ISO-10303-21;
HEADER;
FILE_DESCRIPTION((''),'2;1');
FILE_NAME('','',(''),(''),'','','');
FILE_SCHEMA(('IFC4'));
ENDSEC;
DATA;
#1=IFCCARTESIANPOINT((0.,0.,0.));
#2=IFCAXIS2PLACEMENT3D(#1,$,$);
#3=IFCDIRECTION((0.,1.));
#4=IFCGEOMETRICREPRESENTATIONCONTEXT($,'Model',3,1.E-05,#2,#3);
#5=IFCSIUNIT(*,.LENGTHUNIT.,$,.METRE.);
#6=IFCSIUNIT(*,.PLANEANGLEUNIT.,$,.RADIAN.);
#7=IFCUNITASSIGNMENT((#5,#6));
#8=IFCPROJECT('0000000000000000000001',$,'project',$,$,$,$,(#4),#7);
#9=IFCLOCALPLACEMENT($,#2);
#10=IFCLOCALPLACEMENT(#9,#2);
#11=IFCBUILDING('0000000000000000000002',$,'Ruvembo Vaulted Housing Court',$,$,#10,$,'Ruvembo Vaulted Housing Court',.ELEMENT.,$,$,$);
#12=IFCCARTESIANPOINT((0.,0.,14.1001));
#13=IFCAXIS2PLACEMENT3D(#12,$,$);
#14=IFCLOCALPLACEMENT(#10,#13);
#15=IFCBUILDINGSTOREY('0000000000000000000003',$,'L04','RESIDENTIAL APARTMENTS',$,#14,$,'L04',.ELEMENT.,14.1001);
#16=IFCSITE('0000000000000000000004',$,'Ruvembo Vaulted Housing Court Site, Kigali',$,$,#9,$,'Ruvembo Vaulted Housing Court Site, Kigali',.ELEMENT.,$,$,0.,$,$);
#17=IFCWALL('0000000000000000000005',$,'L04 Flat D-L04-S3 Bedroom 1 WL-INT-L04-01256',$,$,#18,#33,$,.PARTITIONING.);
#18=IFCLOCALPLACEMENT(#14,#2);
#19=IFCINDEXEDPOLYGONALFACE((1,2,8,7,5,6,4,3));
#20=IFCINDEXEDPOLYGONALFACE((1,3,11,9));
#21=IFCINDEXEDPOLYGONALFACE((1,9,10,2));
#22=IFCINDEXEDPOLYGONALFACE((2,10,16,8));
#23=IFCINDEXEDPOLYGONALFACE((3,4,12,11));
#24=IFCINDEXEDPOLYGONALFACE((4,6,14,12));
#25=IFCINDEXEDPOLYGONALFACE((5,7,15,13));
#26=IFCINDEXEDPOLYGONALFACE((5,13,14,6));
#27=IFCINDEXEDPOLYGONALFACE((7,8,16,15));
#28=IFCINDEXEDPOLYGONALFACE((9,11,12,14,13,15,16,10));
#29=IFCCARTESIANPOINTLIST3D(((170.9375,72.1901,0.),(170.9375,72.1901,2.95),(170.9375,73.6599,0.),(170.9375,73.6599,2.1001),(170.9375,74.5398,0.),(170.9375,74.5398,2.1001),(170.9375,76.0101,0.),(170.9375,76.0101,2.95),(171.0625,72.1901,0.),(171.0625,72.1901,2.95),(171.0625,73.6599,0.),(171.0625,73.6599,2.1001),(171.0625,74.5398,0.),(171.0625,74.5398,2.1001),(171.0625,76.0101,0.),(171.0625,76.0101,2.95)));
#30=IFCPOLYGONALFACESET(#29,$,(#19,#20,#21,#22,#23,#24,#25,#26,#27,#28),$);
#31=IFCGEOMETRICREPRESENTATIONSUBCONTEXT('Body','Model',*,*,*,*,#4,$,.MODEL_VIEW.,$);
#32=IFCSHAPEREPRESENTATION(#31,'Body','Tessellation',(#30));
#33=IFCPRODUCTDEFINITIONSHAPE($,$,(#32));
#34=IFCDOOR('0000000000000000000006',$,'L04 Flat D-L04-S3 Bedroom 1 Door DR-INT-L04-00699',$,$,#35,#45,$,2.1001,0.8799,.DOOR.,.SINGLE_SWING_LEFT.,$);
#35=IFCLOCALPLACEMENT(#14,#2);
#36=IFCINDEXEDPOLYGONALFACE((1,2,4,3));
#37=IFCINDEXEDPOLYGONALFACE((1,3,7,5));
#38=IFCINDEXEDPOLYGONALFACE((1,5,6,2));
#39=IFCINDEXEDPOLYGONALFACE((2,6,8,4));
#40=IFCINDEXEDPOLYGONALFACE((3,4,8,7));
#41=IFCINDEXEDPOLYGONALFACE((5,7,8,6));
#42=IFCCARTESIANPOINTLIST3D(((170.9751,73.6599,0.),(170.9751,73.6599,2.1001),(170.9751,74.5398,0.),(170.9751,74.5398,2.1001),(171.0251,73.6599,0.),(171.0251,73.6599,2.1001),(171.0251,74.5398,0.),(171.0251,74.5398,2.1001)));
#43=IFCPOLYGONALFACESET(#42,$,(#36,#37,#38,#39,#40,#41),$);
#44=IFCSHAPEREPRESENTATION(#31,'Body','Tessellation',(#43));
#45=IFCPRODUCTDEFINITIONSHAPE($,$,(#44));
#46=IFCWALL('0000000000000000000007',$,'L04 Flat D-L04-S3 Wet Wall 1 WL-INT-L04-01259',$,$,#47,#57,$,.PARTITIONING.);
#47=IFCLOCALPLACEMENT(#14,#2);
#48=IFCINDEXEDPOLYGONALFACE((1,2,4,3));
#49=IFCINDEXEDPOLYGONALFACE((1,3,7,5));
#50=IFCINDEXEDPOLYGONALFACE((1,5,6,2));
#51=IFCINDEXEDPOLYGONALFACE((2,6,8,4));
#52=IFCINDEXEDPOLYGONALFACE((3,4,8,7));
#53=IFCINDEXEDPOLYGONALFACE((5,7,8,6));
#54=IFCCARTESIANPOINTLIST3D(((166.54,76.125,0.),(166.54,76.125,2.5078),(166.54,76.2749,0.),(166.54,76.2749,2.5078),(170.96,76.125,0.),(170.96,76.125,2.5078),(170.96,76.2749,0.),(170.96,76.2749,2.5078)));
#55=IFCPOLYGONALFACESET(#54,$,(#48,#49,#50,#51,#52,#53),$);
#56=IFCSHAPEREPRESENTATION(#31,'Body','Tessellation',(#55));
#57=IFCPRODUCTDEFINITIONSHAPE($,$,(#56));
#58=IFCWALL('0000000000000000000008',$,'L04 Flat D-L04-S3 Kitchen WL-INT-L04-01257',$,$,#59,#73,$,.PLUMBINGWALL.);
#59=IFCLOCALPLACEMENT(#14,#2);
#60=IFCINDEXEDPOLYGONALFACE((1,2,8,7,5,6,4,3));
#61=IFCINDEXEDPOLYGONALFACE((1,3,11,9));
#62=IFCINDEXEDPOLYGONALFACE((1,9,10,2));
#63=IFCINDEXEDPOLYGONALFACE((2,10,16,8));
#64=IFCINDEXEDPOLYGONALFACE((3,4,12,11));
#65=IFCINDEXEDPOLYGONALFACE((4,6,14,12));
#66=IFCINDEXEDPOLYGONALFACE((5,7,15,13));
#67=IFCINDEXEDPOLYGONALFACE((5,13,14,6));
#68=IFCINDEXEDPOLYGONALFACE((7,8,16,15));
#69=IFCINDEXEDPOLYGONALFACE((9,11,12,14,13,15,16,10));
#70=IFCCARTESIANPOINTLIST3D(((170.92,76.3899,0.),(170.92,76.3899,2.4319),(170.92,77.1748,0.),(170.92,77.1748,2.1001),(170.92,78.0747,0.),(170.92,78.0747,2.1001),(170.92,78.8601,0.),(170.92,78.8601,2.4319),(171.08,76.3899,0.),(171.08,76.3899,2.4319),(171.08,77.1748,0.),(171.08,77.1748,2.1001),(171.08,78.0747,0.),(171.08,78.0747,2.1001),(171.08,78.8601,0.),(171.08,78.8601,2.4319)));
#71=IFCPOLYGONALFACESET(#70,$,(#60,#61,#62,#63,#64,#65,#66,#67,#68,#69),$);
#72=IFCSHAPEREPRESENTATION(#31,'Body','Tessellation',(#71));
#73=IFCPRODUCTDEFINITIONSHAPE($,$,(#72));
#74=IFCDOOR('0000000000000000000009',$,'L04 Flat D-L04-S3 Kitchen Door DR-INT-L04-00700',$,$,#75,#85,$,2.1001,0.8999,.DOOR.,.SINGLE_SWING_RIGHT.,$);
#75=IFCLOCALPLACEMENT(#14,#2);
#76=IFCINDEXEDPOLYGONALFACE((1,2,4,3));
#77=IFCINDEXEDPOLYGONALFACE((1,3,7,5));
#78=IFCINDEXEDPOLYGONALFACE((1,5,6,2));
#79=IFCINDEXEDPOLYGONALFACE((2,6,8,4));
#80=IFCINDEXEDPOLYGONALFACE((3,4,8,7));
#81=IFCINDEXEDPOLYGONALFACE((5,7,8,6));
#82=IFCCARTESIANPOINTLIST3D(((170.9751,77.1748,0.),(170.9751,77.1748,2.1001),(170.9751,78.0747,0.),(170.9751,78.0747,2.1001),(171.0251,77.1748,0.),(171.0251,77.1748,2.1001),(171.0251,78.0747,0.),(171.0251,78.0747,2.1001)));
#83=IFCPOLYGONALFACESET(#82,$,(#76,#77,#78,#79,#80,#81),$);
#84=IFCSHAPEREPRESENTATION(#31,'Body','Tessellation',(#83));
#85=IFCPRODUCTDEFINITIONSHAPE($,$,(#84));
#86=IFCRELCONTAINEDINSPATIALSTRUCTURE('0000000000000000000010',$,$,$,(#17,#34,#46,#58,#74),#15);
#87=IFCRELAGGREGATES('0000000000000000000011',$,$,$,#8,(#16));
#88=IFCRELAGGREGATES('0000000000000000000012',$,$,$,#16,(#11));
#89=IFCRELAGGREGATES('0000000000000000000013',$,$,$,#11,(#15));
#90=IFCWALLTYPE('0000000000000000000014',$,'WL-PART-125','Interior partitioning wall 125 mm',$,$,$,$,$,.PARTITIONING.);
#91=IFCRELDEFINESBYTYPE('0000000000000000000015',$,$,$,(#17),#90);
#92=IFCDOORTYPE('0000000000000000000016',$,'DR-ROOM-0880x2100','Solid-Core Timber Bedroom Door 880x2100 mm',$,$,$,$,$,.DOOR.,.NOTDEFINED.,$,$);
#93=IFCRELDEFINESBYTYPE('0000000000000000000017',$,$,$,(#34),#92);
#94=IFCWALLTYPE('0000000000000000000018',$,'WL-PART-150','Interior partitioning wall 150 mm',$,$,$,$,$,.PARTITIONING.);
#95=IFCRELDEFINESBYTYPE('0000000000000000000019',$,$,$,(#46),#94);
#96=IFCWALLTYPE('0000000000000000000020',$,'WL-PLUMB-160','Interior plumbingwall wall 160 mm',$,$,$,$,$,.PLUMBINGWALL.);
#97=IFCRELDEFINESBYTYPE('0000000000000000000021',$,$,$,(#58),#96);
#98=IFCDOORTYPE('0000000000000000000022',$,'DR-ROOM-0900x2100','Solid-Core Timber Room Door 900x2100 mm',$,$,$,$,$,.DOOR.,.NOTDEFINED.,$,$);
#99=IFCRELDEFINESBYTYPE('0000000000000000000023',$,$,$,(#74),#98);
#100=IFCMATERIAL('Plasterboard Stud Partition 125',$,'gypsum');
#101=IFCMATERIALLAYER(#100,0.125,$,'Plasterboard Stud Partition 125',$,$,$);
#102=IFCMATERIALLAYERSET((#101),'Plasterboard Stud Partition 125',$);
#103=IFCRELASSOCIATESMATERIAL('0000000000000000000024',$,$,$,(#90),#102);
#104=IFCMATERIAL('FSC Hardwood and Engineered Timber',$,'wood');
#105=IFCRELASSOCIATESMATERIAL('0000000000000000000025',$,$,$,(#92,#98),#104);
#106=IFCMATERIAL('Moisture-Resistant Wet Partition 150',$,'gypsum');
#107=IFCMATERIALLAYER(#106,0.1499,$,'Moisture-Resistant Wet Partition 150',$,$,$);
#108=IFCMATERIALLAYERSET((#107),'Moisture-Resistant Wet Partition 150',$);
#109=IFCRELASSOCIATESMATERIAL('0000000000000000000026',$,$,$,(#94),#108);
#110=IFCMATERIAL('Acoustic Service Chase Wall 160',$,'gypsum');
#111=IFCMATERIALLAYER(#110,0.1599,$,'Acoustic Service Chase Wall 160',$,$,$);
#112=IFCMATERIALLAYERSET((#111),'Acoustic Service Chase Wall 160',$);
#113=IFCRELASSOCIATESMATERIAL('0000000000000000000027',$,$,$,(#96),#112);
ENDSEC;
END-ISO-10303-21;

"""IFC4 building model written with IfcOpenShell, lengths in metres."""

from ifc_helpers import new_model, si_unit, direction, frame, frame_2d, origin, place, context, subcontext, project, spatial, rectangle, extrude, material, layer, layer_set, type_object, element, fill, save


model = new_model("IFC4")

# Units and contexts
model_context = context("Model", 3, precision=1e-05, world=origin(), true_north=direction((0.0, 1.0)))
body_context = subcontext(model_context, "Body", "Model", "MODEL_VIEW")
ifc_project = project(units=[si_unit("LENGTHUNIT", "METRE"), si_unit("PLANEANGLEUNIT", "RADIAN")], contexts=[model_context])

# Site, building, storey
site_placement = place(None, origin())
site = spatial("IfcSite", under=ifc_project, at=site_placement, Name="Ruvembo Vaulted Housing Court Site, Kigali", LongName="Ruvembo Vaulted Housing Court Site, Kigali", CompositionType="ELEMENT", RefElevation=0.0)
building_placement = place(site_placement, origin())
building = spatial("IfcBuilding", under=site, at=building_placement, Name="Ruvembo Vaulted Housing Court", LongName="Ruvembo Vaulted Housing Court", CompositionType="ELEMENT")
storey_placement = place(building_placement, frame((0.0, 0.0, 14.1001)))
storey = spatial("IfcBuildingStorey", under=building, at=storey_placement, Name="L04", Description="RESIDENTIAL APARTMENTS", LongName="L04", CompositionType="ELEMENT", Elevation=14.1001)

# Wall, opening, door
ifc_material_1 = material(Name="Plasterboard Stud Partition 125", Category="gypsum")
ifc_layer_1 = layer(ifc_material_1, 0.125, Name="Plasterboard Stud Partition 125")
ifc_layer_set_1 = layer_set([ifc_layer_1], Name="Plasterboard Stud Partition 125")
wall_type_1 = type_object("IfcWallType", Name="WL-PART-125", Description="Interior partitioning wall 125 mm", PredefinedType="PARTITIONING", material=ifc_layer_set_1)
wall_1_placement = place(storey_placement, frame((171.0, 72.1899, 0.0), z_axis=(0.0, 0.0, 1.0), x_axis=(0.0, 1.0, 0.0)))
wall_1 = element("IfcWall", 1, at=wall_1_placement, inside=storey, type_object=wall_type_1, Name="L04 Flat D-L04-S3 Bedroom 1 WL-INT-L04-01256", PredefinedType="PARTITIONING", context=body_context, shape_type="SweptSolid", body=[
    extrude(rectangle(XDim=3.8201, YDim=0.125, at=frame_2d((1.9102, 0.0))), origin(), (0.0, 0.0, 1.0), 2.95),
])
opening_1_placement = place(wall_1_placement, frame((1.47, 0.0, 0.0)))
opening_1 = element("IfcOpeningElement", 2, at=opening_1_placement, cuts=wall_1, PredefinedType="OPENING", context=body_context, shape_type="SweptSolid", body=[
    extrude(rectangle(XDim=0.8799, YDim=2.1001, at=frame_2d((0.4399, 1.05))), frame((0.0, 0.0725, 0.0), z_axis=(0.0, -1.0, 0.0), x_axis=(1.0, 0.0, 0.0)), (0.0, 0.0, 1.0), 0.145),
])
ifc_material_2 = material(Name="FSC Hardwood and Engineered Timber", Category="wood")
door_type_1 = type_object("IfcDoorType", Name="DR-ROOM-0880x2100", Description="Solid-Core Timber Bedroom Door 880x2100 mm", OperationType="NOTDEFINED", PredefinedType="DOOR", material=ifc_material_2)
door_1_placement = place(opening_1_placement, origin())
door_1 = element("IfcDoor", 3, at=door_1_placement, inside=storey, type_object=door_type_1, Name="L04 Flat D-L04-S3 Bedroom 1 Door DR-INT-L04-00699", OperationType="SINGLE_SWING_LEFT", OverallHeight=2.1001, OverallWidth=0.8799, PredefinedType="DOOR", context=body_context, shape_type="SweptSolid", body=[
    extrude(rectangle(XDim=0.8799, YDim=2.1001, at=frame_2d((0.4399, 1.05))), frame((0.0, 0.0249, 0.0), z_axis=(0.0, -1.0, 0.0), x_axis=(1.0, 0.0, 0.0)), (0.0, 0.0, 1.0), 0.05),
])
fill(opening_1, door_1)

# Wall
ifc_material_3 = material(Name="Moisture-Resistant Wet Partition 150", Category="gypsum")
ifc_layer_2 = layer(ifc_material_3, 0.1499, Name="Moisture-Resistant Wet Partition 150")
ifc_layer_set_2 = layer_set([ifc_layer_2], Name="Moisture-Resistant Wet Partition 150")
wall_type_2 = type_object("IfcWallType", Name="WL-PART-150", Description="Interior partitioning wall 150 mm", PredefinedType="PARTITIONING", material=ifc_layer_set_2)
wall_2_placement = place(storey_placement, frame((166.54, 76.2, 0.0), z_axis=(0.0, 0.0, 1.0), x_axis=(1.0, 0.0, 0.0)))
element("IfcWall", 4, at=wall_2_placement, inside=storey, type_object=wall_type_2, Name="L04 Flat D-L04-S3 Wet Wall 1 WL-INT-L04-01259", PredefinedType="PARTITIONING", context=body_context, shape_type="SweptSolid", body=[
    extrude(rectangle(XDim=4.4199, YDim=0.1499, at=frame_2d((2.21, 0.0))), origin(), (0.0, 0.0, 1.0), 2.5078),
])

# Wall, opening, door
ifc_material_4 = material(Name="Acoustic Service Chase Wall 160", Category="gypsum")
ifc_layer_3 = layer(ifc_material_4, 0.1599, Name="Acoustic Service Chase Wall 160")
ifc_layer_set_3 = layer_set([ifc_layer_3], Name="Acoustic Service Chase Wall 160")
wall_type_3 = type_object("IfcWallType", Name="WL-PLUMB-160", Description="Interior plumbingwall wall 160 mm", PredefinedType="PLUMBINGWALL", material=ifc_layer_set_3)
wall_3_placement = place(storey_placement, frame((171.0, 76.3899, 0.0), z_axis=(0.0, 0.0, 1.0), x_axis=(0.0, 1.0, 0.0)))
wall_3 = element("IfcWall", 5, at=wall_3_placement, inside=storey, type_object=wall_type_3, Name="L04 Flat D-L04-S3 Kitchen WL-INT-L04-01257", PredefinedType="PLUMBINGWALL", context=body_context, shape_type="SweptSolid", body=[
    extrude(rectangle(XDim=2.4702, YDim=0.1599, at=frame_2d((1.2351, 0.0))), origin(), (0.0, 0.0, 1.0), 2.4319),
])
opening_2_placement = place(wall_3_placement, frame((0.7849, 0.0, 0.0)))
opening_2 = element("IfcOpeningElement", 6, at=opening_2_placement, cuts=wall_3, PredefinedType="OPENING", context=body_context, shape_type="SweptSolid", body=[
    extrude(rectangle(XDim=0.8999, YDim=2.1001, at=frame_2d((0.45, 1.05))), frame((0.0, 0.0898, 0.0), z_axis=(0.0, -1.0, 0.0), x_axis=(1.0, 0.0, 0.0)), (0.0, 0.0, 1.0), 0.1799),
])
door_type_2 = type_object("IfcDoorType", Name="DR-ROOM-0900x2100", Description="Solid-Core Timber Room Door 900x2100 mm", OperationType="NOTDEFINED", PredefinedType="DOOR", material=ifc_material_2)
door_2_placement = place(opening_2_placement, origin())
door_2 = element("IfcDoor", 7, at=door_2_placement, inside=storey, type_object=door_type_2, Name="L04 Flat D-L04-S3 Kitchen Door DR-INT-L04-00700", OperationType="SINGLE_SWING_RIGHT", OverallHeight=2.1001, OverallWidth=0.8999, PredefinedType="DOOR", context=body_context, shape_type="SweptSolid", body=[
    extrude(rectangle(XDim=0.8999, YDim=2.1001, at=frame_2d((0.45, 1.05))), frame((0.0, 0.0249, 0.0), z_axis=(0.0, -1.0, 0.0), x_axis=(1.0, 0.0, 0.0)), (0.0, 0.0, 1.0), 0.05),
])
fill(opening_2, door_2)

save(model, "model.ifc")
